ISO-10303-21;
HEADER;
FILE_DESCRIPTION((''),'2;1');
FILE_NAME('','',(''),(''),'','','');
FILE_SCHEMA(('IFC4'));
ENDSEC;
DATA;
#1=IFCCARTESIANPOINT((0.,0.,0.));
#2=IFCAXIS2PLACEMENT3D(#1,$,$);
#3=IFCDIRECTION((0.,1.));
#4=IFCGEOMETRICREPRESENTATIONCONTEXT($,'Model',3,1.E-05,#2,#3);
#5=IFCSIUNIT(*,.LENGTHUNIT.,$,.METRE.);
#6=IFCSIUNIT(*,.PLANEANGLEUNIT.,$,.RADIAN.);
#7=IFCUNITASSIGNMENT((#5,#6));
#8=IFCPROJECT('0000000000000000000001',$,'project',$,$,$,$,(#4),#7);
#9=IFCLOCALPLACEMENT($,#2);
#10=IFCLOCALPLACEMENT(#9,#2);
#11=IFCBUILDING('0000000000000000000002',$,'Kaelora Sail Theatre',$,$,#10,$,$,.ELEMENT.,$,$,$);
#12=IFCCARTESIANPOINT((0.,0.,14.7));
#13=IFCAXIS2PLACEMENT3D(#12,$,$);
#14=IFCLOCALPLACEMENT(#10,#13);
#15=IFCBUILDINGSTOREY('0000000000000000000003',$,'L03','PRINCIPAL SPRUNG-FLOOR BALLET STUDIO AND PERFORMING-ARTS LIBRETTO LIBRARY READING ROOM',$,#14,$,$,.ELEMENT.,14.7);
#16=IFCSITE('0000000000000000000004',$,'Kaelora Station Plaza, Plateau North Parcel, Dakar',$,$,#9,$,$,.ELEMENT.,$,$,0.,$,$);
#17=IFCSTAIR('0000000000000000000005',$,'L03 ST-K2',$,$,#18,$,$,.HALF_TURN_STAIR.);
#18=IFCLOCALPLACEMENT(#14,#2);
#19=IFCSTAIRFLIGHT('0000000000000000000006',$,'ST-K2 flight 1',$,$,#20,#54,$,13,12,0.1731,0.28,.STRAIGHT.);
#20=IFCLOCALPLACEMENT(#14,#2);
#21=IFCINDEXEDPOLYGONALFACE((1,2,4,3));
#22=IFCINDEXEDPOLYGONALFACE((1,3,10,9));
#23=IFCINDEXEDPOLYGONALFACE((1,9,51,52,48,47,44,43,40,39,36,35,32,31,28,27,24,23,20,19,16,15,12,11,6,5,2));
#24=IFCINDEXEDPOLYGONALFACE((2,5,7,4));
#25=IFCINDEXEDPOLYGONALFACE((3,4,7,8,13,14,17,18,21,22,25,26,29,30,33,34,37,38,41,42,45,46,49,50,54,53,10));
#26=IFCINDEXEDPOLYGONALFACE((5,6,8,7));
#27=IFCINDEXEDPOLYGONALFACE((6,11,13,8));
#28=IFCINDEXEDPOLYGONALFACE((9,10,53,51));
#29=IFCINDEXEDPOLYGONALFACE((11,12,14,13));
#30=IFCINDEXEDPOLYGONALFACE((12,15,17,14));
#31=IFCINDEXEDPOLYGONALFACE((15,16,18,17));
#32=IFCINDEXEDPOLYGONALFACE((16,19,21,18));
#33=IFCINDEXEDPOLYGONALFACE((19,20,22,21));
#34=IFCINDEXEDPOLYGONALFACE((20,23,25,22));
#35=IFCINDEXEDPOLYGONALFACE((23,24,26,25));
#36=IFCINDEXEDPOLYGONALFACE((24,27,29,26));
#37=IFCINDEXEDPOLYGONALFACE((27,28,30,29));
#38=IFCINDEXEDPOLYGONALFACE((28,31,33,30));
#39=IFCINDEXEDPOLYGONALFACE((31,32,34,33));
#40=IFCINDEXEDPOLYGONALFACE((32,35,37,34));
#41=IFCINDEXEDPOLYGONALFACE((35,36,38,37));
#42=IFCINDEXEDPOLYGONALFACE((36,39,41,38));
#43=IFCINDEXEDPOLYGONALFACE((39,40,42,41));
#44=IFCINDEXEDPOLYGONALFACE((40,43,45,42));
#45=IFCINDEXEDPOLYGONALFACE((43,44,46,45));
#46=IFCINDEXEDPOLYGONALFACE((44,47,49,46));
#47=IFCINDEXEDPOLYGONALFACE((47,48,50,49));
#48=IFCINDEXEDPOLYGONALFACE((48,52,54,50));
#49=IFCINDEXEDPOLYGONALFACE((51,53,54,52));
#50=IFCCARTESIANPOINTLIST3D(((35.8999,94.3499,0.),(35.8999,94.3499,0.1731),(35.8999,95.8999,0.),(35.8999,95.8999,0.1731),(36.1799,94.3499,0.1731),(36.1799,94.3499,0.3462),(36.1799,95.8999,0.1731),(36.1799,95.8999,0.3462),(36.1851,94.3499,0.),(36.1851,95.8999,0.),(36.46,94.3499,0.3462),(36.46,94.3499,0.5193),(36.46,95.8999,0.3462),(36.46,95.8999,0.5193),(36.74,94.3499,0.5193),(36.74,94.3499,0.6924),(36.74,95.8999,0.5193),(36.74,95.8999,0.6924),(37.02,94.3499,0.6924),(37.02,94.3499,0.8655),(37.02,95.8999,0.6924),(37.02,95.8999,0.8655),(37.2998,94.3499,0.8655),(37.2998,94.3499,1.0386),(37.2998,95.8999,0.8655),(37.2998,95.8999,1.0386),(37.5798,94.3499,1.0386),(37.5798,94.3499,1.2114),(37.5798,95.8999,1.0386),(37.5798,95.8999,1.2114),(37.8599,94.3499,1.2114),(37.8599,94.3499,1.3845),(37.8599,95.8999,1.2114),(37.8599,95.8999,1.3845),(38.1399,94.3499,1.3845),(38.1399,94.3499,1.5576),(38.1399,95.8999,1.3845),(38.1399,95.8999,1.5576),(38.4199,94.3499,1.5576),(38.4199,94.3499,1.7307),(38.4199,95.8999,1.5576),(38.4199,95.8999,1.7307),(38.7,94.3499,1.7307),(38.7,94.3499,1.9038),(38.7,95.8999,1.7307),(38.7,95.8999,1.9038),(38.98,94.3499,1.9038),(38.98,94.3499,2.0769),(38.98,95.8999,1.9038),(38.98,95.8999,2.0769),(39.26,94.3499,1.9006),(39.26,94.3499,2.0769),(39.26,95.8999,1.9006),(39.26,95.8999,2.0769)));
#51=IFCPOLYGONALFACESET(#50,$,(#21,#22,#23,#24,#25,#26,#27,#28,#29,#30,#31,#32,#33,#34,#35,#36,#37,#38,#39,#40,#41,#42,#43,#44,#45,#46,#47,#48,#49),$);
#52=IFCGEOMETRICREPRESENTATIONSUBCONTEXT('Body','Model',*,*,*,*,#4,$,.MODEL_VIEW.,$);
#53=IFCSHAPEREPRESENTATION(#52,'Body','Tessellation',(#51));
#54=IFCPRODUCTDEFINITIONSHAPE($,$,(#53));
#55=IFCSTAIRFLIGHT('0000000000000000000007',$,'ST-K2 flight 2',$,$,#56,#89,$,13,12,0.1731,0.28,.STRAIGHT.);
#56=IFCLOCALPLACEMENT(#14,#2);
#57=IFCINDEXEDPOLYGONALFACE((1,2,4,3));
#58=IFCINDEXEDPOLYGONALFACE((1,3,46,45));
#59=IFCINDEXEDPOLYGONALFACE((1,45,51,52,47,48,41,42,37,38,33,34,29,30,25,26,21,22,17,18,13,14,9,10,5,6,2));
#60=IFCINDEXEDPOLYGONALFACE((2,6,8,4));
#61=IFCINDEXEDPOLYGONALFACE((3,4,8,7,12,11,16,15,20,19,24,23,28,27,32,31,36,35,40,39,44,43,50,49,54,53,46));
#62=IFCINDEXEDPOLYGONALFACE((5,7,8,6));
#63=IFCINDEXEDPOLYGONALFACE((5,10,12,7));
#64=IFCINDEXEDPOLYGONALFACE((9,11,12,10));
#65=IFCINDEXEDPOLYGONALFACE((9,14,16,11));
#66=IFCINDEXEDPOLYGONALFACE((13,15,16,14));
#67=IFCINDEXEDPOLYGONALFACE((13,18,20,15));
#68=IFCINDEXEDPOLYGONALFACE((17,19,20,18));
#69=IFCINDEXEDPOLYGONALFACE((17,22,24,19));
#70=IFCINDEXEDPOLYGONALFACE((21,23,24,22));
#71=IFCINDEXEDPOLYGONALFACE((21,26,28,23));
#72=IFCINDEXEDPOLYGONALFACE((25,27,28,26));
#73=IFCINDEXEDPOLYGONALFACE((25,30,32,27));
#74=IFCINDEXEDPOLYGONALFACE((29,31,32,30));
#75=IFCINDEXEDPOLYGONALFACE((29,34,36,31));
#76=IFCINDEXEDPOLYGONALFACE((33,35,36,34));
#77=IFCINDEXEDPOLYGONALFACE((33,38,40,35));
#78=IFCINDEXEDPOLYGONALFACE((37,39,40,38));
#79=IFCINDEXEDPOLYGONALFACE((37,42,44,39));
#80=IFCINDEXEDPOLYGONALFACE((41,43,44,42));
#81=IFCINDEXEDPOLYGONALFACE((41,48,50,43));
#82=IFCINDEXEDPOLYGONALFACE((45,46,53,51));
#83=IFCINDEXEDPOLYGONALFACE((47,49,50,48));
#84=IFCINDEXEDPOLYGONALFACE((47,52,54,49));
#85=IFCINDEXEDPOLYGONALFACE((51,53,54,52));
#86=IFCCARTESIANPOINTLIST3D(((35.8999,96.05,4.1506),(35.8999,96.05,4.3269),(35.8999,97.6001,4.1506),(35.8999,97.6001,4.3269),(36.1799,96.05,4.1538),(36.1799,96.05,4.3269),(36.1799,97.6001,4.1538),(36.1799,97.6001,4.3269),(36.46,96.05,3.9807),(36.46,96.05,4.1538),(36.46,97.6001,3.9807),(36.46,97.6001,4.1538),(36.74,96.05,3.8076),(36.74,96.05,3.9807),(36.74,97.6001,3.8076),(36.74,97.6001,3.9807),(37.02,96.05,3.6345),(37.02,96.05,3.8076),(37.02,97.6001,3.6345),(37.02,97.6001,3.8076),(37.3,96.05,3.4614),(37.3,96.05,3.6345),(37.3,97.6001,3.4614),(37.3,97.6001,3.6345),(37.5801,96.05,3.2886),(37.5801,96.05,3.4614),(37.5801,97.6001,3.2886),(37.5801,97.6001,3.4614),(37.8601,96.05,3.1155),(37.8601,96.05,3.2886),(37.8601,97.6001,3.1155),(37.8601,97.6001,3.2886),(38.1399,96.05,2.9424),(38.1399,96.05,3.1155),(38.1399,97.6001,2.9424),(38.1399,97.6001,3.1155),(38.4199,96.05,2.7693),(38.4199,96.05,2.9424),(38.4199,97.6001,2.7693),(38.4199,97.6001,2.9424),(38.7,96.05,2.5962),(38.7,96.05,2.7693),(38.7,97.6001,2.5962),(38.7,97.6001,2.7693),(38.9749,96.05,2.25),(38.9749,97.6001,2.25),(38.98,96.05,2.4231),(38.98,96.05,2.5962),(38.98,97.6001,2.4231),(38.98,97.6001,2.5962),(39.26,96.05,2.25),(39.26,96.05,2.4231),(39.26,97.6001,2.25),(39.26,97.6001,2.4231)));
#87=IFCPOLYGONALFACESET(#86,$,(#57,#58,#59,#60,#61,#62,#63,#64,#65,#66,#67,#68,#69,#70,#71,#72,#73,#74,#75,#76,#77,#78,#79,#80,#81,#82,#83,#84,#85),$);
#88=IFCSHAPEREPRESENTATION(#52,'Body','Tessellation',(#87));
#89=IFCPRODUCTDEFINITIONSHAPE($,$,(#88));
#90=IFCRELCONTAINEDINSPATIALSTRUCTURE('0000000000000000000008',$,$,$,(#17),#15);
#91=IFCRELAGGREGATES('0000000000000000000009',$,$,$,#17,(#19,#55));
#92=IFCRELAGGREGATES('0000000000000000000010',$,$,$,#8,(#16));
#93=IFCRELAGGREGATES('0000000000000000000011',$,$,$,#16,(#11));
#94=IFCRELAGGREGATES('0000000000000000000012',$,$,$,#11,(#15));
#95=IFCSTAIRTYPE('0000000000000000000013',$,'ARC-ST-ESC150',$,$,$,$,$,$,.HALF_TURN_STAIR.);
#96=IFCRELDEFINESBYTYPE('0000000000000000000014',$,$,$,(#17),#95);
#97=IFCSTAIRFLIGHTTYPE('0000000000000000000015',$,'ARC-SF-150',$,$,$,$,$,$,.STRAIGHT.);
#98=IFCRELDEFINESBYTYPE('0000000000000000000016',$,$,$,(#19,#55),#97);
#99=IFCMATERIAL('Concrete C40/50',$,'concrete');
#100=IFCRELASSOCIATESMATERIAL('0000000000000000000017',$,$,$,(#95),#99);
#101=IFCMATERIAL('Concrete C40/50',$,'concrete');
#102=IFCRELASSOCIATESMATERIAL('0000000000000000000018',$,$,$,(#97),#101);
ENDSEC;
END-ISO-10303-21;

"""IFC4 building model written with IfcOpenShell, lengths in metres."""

from ifc_helpers import new_model, si_unit, direction, frame, origin, place, context, subcontext, project, spatial, polyline, outline, extrude, material, type_object, element, aggregate, save


model = new_model("IFC4")

# Units and contexts
model_context = context("Model", 3, precision=1e-05, world=origin(), true_north=direction((0.0, 1.0)))
body_context = subcontext(model_context, "Body", "Model", "MODEL_VIEW")
ifc_project = project(units=[si_unit("LENGTHUNIT", "METRE"), si_unit("PLANEANGLEUNIT", "RADIAN")], contexts=[model_context])

# Site, building, storey
site_placement = place(None, origin())
site = spatial("IfcSite", under=ifc_project, at=site_placement, Name="Kaelora Station Plaza, Plateau North Parcel, Dakar", CompositionType="ELEMENT", RefElevation=0.0)
building_placement = place(site_placement, origin())
building = spatial("IfcBuilding", under=site, at=building_placement, Name="Kaelora Sail Theatre", CompositionType="ELEMENT")
storey_placement = place(building_placement, frame((0.0, 0.0, 14.7)))
storey = spatial("IfcBuildingStorey", under=building, at=storey_placement, Name="L03", Description="PRINCIPAL SPRUNG-FLOOR BALLET STUDIO AND PERFORMING-ARTS LIBRETTO LIBRARY READING ROOM", CompositionType="ELEMENT", Elevation=14.7)

# Stair, stair flights
ifc_material_1 = material(Name="Concrete C40/50", Category="concrete")
stair_type = type_object("IfcStairType", Name="ARC-ST-ESC150", PredefinedType="HALF_TURN_STAIR", material=ifc_material_1)
stair_placement = place(storey_placement, origin())
stair = element("IfcStair", 1, at=stair_placement, inside=storey, type_object=stair_type, Name="L03 ST-K2", PredefinedType="HALF_TURN_STAIR")
ifc_material_2 = material(Name="Concrete C40/50", Category="concrete")
stair_flight_type = type_object("IfcStairFlightType", Name="ARC-SF-150", PredefinedType="STRAIGHT", material=ifc_material_2)
stair_flight_1_placement = place(storey_placement, frame((35.8999, 95.125, 0.0), z_axis=(0.0, 0.0, 1.0), x_axis=(1.0, 0.0, 0.0)))
stair_flight_1 = element("IfcStairFlight", 2, at=stair_flight_1_placement, type_object=stair_flight_type, Name="ST-K2 flight 1", NumberOfRisers=13, NumberOfTreads=12, PredefinedType="STRAIGHT", RiserHeight=0.1731, TreadLength=0.28, context=body_context, shape_type="SweptSolid", body=[
    extrude(outline(polyline([(0.0, 0.0), (0.0, 0.1731), (0.28, 0.1731), (0.28, 0.3462), (0.5601, 0.3462), (0.5601, 0.5193), (0.8401, 0.5193), (0.8401, 0.6924), (1.1201, 0.6924), (1.1201, 0.8655), (1.3999, 0.8655), (1.3999, 1.0386), (1.6799, 1.0386), (1.6799, 1.2114), (1.96, 1.2114), (1.96, 1.3845), (2.24, 1.3845), (2.24, 1.5576), (2.52, 1.5576), (2.52, 1.7307), (2.8, 1.7307), (2.8, 1.9038), (3.0801, 1.9038), (3.0801, 2.0769), (3.3601, 2.0769), (3.3601, 2.25), (3.3601, 1.9006), (0.2852, 0.0), (0.0, 0.0)])), frame((0.0, 0.7749, 0.0), z_axis=(0.0, -1.0, 0.0), x_axis=(1.0, 0.0, 0.0)), (0.0, 0.0, 1.0), 1.55),
])
stair_flight_2_placement = place(storey_placement, frame((39.26, 96.825, 2.25), z_axis=(0.0, 0.0, 1.0), x_axis=(-1.0, 0.0, 0.0)))
stair_flight_2 = element("IfcStairFlight", 3, at=stair_flight_2_placement, type_object=stair_flight_type, Name="ST-K2 flight 2", NumberOfRisers=13, NumberOfTreads=12, PredefinedType="STRAIGHT", RiserHeight=0.1731, TreadLength=0.28, context=body_context, shape_type="SweptSolid", body=[
    extrude(outline(polyline([(0.0, 0.0), (0.0, 0.1731), (0.28, 0.1731), (0.28, 0.3462), (0.5601, 0.3462), (0.5601, 0.5193), (0.8401, 0.5193), (0.8401, 0.6924), (1.1201, 0.6924), (1.1201, 0.8655), (1.3999, 0.8655), (1.3999, 1.0386), (1.6799, 1.0386), (1.6799, 1.2114), (1.96, 1.2114), (1.96, 1.3845), (2.24, 1.3845), (2.24, 1.5576), (2.52, 1.5576), (2.52, 1.7307), (2.8, 1.7307), (2.8, 1.9038), (3.0801, 1.9038), (3.0801, 2.0769), (3.3601, 2.0769), (3.3601, 2.25), (3.3601, 1.9006), (0.2852, 0.0), (0.0, 0.0)])), frame((0.0, 0.7749, 0.0), z_axis=(0.0, -1.0, 0.0), x_axis=(1.0, 0.0, 0.0)), (0.0, 0.0, 1.0), 1.55),
])
aggregate(stair, [stair_flight_1, stair_flight_2])

save(model, "model.ifc")
